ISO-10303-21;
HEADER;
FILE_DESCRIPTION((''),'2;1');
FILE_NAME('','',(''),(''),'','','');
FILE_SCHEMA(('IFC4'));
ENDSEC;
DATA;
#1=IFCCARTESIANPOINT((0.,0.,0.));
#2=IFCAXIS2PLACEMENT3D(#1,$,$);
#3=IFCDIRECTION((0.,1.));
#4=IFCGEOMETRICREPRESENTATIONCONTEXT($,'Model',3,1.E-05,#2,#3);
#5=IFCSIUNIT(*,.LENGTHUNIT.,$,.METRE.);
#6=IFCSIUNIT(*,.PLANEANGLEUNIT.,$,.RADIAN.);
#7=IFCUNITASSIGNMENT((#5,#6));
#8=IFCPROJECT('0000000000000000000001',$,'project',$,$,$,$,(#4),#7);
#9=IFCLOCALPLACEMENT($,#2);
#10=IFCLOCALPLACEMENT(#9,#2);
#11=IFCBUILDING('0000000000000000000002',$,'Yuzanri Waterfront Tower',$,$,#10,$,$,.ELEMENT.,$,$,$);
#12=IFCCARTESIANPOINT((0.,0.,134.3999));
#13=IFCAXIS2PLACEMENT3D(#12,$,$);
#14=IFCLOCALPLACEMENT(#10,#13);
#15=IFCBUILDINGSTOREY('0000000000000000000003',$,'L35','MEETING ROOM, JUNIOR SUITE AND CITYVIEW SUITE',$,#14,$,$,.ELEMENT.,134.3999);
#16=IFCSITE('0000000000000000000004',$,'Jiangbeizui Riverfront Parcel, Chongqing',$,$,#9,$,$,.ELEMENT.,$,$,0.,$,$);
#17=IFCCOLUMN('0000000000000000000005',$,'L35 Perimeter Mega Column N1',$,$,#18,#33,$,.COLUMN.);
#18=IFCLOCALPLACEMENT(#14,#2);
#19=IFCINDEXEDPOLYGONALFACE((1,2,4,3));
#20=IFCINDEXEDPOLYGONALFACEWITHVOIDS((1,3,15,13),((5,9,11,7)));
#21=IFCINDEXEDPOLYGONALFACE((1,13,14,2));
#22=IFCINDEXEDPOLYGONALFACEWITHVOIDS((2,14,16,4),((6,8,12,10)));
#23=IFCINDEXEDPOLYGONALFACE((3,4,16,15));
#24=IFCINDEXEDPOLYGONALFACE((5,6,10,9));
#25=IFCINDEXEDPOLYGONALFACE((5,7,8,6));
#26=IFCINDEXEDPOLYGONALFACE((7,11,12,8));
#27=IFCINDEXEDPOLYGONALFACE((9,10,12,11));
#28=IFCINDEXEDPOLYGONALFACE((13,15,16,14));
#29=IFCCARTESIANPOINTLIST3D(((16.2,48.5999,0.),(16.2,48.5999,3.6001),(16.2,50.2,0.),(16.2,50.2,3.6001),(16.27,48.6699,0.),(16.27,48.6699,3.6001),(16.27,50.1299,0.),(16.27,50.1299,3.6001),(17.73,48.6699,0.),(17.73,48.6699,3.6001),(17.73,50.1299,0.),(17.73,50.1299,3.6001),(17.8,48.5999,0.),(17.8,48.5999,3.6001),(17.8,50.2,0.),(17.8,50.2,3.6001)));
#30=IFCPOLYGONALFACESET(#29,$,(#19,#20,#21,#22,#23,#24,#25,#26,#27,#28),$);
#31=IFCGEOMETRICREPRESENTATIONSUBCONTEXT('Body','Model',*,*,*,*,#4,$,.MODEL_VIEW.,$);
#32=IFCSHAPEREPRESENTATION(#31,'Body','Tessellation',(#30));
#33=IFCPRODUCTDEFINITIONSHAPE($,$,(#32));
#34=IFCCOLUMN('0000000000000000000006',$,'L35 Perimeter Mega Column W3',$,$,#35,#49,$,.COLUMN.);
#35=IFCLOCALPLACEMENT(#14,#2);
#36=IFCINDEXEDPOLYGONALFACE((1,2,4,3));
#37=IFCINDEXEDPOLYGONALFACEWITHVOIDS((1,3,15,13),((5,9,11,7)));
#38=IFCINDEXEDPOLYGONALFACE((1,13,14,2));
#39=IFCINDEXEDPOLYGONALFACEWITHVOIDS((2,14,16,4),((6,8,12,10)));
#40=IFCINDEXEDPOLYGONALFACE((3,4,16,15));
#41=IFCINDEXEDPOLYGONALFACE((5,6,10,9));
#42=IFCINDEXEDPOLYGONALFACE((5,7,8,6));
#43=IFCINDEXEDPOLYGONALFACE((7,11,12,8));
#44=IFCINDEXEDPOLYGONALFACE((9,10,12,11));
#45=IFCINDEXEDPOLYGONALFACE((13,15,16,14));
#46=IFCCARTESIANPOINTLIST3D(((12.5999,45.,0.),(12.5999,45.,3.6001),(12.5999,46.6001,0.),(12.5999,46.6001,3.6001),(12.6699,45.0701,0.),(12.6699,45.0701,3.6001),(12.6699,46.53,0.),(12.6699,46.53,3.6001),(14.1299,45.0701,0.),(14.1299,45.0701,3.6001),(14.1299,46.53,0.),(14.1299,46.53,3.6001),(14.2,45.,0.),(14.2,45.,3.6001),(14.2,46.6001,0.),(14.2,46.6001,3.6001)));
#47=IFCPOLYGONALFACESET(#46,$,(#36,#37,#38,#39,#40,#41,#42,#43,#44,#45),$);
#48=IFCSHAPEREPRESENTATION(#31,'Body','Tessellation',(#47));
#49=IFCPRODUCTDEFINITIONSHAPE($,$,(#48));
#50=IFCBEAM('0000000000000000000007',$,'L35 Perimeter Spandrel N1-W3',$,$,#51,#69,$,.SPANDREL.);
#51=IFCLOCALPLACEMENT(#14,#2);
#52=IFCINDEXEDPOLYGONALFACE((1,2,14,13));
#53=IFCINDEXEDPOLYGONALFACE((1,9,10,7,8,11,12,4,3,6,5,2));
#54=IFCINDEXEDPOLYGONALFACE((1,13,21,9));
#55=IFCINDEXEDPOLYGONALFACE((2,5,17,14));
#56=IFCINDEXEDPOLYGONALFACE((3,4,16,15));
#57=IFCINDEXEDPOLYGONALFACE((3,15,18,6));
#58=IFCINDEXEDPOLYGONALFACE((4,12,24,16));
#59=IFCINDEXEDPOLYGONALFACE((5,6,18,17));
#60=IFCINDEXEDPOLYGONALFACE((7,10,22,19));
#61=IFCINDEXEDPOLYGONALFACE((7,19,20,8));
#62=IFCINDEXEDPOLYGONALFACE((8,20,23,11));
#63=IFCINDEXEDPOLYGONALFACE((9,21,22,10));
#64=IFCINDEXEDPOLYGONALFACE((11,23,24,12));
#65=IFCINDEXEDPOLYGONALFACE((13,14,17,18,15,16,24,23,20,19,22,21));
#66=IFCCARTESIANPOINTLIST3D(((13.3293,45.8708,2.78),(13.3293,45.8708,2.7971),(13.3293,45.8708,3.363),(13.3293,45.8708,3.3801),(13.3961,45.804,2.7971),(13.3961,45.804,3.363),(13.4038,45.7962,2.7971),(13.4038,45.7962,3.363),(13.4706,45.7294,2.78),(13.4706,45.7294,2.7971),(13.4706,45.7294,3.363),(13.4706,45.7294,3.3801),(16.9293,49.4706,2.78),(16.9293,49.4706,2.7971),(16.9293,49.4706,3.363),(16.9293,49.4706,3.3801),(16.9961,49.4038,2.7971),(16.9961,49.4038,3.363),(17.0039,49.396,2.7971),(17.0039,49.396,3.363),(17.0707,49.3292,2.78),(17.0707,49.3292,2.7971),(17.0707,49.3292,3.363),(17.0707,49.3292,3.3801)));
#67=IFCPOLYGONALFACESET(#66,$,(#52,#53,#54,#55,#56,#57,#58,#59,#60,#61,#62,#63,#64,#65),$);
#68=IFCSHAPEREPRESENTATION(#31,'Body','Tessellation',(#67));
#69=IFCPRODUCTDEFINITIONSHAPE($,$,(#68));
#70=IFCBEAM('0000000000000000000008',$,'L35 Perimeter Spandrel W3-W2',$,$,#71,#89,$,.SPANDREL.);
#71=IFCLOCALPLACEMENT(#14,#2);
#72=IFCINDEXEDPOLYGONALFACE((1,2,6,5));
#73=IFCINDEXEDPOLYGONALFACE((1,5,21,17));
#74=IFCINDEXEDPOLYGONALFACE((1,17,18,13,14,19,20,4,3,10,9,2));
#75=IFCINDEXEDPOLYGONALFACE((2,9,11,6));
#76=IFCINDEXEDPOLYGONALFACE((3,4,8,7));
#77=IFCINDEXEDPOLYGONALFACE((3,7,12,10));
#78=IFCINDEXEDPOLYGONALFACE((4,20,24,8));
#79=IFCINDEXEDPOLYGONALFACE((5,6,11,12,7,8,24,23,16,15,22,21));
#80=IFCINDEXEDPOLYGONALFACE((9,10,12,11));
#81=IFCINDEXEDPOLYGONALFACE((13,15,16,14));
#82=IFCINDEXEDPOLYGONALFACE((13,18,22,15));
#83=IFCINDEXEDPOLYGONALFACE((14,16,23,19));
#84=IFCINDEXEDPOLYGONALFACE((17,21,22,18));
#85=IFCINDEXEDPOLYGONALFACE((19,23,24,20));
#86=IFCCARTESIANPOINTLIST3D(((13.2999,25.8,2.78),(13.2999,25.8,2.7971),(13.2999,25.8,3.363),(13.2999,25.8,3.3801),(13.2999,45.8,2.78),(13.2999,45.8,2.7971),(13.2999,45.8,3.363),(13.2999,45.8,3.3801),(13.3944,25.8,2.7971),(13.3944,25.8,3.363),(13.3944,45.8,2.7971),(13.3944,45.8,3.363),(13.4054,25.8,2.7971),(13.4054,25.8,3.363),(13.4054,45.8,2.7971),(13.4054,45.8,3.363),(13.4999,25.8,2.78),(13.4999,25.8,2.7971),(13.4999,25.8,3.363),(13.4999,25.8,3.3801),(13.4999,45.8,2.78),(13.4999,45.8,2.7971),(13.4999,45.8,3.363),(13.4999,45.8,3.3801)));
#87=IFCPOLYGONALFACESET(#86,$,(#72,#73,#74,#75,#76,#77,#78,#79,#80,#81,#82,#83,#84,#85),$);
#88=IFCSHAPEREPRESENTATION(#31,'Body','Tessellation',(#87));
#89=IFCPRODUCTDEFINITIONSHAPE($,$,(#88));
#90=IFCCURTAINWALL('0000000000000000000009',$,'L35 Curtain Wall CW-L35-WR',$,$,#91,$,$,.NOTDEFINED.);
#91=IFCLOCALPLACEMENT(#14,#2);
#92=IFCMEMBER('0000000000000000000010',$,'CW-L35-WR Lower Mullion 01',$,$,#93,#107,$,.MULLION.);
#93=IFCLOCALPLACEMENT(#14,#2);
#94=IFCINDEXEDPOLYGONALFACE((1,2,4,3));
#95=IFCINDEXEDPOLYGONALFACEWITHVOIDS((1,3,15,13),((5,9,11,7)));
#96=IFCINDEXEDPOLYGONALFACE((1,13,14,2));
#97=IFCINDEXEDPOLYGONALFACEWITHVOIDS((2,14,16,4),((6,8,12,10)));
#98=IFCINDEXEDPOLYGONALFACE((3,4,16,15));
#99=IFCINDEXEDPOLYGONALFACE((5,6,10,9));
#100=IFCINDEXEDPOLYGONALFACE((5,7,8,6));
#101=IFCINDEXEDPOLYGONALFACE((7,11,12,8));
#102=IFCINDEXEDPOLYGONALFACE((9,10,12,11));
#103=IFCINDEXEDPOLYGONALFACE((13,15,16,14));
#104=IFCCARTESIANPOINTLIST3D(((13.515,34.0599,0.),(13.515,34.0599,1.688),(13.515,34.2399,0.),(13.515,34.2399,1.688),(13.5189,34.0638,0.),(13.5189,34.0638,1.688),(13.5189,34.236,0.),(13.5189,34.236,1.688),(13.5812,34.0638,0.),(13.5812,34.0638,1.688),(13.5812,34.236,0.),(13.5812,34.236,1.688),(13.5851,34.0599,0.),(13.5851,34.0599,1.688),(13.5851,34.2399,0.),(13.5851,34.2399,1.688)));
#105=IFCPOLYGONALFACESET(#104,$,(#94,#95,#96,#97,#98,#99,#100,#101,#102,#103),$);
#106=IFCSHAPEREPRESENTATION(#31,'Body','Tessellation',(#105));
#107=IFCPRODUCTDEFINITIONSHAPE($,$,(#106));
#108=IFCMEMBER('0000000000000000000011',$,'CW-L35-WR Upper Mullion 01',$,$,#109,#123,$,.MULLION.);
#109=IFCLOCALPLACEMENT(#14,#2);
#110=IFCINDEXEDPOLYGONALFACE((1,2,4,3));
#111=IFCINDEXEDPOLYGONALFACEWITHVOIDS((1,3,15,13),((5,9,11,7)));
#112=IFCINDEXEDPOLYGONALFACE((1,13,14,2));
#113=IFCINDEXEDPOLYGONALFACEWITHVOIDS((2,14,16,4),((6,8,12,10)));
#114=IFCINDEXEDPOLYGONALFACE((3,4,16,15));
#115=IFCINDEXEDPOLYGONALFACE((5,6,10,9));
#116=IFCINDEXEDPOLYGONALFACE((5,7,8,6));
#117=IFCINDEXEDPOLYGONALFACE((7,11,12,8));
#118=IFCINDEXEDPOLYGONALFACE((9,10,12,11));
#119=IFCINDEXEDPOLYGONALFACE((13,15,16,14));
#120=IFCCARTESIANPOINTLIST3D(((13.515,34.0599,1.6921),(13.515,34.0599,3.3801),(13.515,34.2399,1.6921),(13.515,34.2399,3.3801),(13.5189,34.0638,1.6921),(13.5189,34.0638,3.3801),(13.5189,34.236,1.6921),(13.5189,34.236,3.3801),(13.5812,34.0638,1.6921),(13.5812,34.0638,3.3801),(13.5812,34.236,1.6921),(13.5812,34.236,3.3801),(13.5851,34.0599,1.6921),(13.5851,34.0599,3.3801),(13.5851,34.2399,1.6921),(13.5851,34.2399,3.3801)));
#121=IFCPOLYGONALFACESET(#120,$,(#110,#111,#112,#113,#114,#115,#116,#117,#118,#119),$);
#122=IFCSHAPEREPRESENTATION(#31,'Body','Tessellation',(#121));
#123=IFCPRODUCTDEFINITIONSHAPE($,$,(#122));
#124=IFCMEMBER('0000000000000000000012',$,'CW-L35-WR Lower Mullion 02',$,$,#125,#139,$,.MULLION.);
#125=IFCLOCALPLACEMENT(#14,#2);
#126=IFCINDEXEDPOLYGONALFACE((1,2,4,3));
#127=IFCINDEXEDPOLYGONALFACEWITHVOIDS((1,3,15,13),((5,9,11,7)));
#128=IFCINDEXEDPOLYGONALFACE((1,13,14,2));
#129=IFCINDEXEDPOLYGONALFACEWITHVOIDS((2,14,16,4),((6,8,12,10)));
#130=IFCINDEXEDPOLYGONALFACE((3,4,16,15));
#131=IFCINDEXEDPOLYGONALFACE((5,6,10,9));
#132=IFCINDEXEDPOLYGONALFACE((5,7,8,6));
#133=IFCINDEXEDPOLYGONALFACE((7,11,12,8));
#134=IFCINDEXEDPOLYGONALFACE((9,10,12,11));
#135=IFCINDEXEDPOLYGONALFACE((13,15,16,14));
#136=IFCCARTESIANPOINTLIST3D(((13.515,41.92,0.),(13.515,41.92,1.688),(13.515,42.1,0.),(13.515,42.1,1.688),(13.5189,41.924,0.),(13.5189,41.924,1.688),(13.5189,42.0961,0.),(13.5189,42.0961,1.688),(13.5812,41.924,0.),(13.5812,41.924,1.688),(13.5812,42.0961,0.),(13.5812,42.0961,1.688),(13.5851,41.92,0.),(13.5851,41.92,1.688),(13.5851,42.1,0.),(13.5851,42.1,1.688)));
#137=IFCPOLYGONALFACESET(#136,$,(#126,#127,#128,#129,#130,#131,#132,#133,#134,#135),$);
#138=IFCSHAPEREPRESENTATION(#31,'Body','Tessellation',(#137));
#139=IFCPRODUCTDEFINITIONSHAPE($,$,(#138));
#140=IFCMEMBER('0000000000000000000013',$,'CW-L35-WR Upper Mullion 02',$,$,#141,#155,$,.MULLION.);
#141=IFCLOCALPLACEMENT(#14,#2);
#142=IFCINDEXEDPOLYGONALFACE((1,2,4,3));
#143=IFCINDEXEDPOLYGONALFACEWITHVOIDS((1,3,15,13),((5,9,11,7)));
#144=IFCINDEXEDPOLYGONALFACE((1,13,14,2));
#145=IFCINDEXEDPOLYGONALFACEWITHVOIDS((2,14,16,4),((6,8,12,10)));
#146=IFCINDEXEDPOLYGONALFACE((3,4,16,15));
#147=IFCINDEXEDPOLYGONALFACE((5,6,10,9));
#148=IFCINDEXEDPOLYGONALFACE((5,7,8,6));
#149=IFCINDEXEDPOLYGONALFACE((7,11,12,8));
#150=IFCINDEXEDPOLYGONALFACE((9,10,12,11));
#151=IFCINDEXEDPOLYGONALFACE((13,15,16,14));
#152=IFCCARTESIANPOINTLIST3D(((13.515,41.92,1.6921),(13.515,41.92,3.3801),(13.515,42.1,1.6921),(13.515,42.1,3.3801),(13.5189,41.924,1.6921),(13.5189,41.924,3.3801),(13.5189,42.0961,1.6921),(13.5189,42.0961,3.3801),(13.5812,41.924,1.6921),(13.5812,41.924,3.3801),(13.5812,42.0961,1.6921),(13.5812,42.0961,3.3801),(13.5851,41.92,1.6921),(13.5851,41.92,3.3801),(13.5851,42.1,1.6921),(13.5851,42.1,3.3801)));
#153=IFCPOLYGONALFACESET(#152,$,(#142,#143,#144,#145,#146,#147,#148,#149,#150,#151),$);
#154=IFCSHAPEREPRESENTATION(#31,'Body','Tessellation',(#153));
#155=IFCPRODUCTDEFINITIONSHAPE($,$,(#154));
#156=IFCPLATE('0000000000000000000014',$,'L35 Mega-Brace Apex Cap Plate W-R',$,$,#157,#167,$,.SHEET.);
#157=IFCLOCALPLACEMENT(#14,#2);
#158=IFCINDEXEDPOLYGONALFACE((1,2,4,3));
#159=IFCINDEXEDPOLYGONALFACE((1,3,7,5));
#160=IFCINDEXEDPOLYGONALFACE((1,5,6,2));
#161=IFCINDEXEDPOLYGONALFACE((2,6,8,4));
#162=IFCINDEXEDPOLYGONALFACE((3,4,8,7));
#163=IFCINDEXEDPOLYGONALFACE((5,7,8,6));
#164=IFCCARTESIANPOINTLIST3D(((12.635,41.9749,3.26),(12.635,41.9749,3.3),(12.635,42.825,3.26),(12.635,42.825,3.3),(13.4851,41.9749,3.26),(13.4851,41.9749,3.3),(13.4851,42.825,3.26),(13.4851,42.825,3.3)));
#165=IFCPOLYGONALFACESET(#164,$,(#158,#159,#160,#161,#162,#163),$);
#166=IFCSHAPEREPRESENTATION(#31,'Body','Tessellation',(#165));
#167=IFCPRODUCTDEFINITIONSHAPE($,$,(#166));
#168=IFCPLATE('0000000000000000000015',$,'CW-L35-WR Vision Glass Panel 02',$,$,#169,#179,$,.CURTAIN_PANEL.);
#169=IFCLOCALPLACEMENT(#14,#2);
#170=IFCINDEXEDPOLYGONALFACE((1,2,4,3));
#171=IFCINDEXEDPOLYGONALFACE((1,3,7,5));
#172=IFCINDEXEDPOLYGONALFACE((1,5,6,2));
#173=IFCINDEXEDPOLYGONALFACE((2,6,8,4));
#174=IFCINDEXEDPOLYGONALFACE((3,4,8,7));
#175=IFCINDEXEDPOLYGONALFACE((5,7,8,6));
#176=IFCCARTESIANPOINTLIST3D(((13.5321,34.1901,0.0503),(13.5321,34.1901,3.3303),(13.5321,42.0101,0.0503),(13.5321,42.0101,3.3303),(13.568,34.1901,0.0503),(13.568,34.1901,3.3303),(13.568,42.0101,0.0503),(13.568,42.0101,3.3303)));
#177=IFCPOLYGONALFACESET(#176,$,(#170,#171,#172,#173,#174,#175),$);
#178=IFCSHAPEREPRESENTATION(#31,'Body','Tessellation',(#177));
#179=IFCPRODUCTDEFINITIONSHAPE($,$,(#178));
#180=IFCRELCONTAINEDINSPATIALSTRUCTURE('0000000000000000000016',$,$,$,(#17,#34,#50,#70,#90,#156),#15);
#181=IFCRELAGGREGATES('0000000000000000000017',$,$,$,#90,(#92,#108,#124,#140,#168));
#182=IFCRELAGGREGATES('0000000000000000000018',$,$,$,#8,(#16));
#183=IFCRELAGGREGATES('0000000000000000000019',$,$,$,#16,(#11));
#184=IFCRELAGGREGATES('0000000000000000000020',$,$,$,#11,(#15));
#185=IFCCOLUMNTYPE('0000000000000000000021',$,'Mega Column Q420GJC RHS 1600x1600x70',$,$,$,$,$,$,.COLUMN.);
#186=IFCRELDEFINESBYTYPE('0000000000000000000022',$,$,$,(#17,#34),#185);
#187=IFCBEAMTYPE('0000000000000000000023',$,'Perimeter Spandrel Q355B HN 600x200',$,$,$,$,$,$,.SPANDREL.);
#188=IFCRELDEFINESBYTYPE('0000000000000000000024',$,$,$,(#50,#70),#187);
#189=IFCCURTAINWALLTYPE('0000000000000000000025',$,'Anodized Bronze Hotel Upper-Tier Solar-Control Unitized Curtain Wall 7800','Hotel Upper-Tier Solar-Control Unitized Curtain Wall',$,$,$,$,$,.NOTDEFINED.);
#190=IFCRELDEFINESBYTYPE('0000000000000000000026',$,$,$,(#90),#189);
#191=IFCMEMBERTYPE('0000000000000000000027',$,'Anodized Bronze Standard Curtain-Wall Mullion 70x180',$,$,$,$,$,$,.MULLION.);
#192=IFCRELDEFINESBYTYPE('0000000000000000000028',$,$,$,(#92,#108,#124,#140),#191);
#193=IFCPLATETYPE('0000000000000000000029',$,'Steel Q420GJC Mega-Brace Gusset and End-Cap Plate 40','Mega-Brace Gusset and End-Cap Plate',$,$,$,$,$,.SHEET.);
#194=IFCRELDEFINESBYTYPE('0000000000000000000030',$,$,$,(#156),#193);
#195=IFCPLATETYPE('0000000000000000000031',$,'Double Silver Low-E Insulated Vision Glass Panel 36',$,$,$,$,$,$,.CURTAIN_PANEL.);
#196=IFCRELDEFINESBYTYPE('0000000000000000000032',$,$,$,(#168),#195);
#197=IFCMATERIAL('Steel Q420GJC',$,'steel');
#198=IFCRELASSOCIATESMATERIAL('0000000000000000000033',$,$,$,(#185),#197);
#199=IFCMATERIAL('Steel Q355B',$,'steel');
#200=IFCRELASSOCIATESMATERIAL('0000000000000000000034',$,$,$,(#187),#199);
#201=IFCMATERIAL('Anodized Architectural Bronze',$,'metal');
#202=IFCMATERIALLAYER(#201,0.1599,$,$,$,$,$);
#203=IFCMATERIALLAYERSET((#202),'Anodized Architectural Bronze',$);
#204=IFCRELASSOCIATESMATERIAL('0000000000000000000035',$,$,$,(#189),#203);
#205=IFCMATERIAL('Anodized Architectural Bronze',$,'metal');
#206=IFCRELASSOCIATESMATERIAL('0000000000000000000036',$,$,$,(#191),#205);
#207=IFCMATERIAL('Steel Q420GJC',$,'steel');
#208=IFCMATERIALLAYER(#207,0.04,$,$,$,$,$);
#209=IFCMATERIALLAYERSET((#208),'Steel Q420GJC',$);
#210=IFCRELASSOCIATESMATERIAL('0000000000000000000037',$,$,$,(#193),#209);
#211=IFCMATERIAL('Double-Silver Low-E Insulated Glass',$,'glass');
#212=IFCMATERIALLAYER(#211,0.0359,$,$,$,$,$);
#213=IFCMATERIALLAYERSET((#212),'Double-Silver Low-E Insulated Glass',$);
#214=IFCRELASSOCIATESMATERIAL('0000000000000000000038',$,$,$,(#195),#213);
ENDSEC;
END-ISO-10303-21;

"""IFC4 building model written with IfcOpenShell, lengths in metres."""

from ifc_helpers import new_model, si_unit, direction, frame, origin, origin_2d, place, context, subcontext, project, spatial, rectangle, hollow_rectangle, i_section, extrude, source, transform, mapped, material, layer, layer_set, material_profile, profile_set, type_object, element, aggregate, save


model = new_model("IFC4")

# Units and contexts
model_context = context("Model", 3, precision=1e-05, world=origin(), true_north=direction((0.0, 1.0)))
body_context = subcontext(model_context, "Body", "Model", "MODEL_VIEW")
ifc_project = project(units=[si_unit("LENGTHUNIT", "METRE"), si_unit("PLANEANGLEUNIT", "RADIAN")], contexts=[model_context])

# Site, building, storey
site_placement = place(None, origin())
site = spatial("IfcSite", under=ifc_project, at=site_placement, Name="Jiangbeizui Riverfront Parcel, Chongqing", CompositionType="ELEMENT", RefElevation=0.0)
building_placement = place(site_placement, origin())
building = spatial("IfcBuilding", under=site, at=building_placement, Name="Yuzanri Waterfront Tower", CompositionType="ELEMENT")
storey_placement = place(building_placement, frame((0.0, 0.0, 134.3999)))
storey = spatial("IfcBuildingStorey", under=building, at=storey_placement, Name="L35", Description="MEETING ROOM, JUNIOR SUITE AND CITYVIEW SUITE", CompositionType="ELEMENT", Elevation=134.3999)

# Columns
ifc_material_1 = material(Name="Steel Q420GJC", Category="steel")
ifc_material_profile_1 = material_profile(ifc_material_1, hollow_rectangle(XDim=1.6001, YDim=1.6001, WallThickness=0.0701, at=origin_2d()), Name="RHS 1600x1600x70")
ifc_profile_set_1 = profile_set([ifc_material_profile_1], Name="Steel Q420GJC")
column_type = type_object("IfcColumnType", Name="Mega Column Q420GJC RHS 1600x1600x70", PredefinedType="COLUMN", material=ifc_profile_set_1)
shared_shape_1 = source(origin(), body_context, "Body", "SweptSolid", [
    extrude(hollow_rectangle(XDim=1.6001, YDim=1.6001, WallThickness=0.0701, at=origin_2d()), origin(), (0.0, 0.0, 1.0), 3.6001),
])
for number, where, z_axis, x_axis, name in (
    (1, (17.0, 49.3999, 0.0), (0.0, 0.0, 1.0), (1.0, 0.0, 0.0), "L35 Perimeter Mega Column N1"),
    (2, (13.3999, 45.8, 0.0), (0.0, 0.0, 1.0), (1.0, 0.0, 0.0), "L35 Perimeter Mega Column W3"),
):
    element("IfcColumn", number, at=place(storey_placement, frame(where, z_axis=z_axis, x_axis=x_axis)), inside=storey, type_object=column_type, Name=name, PredefinedType="COLUMN", context=body_context, shape_type="MappedRepresentation", body=[
        mapped(shared_shape_1, transform((0.0, 0.0, 0.0), scale=1.0)),
    ])

# Beams
ifc_material_2 = material(Name="Steel Q355B", Category="steel")
ifc_material_profile_2 = material_profile(ifc_material_2, i_section(OverallWidth=0.2, OverallDepth=0.6001, WebThickness=0.011, FlangeThickness=0.0171, at=origin_2d()), Name="HN 600x200x11x17")
ifc_profile_set_2 = profile_set([ifc_material_profile_2], Name="Steel Q355B")
beam_type = type_object("IfcBeamType", Name="Perimeter Spandrel Q355B HN 600x200", PredefinedType="SPANDREL", material=ifc_profile_set_2)
shared_shape_2 = source(origin(), body_context, "Body", "SweptSolid", [
    extrude(i_section(OverallWidth=0.2, OverallDepth=0.6001, WebThickness=0.011, FlangeThickness=0.0171, at=origin_2d()), origin(), (0.0, 0.0, 1.0), 5.0911),
])
beam_1_placement = place(storey_placement, frame((17.0, 49.3999, 3.0801), z_axis=(-0.707131, -0.707083, 0.0), x_axis=(0.707083, -0.707131, 0.0)))
element("IfcBeam", 3, at=beam_1_placement, inside=storey, type_object=beam_type, Name="L35 Perimeter Spandrel N1-W3", PredefinedType="SPANDREL", context=body_context, shape_type="MappedRepresentation", body=[
    mapped(shared_shape_2, transform((0.0, 0.0, 0.0), scale=1.0)),
])
shared_shape_3 = source(origin(), body_context, "Body", "SweptSolid", [
    extrude(i_section(OverallWidth=0.2, OverallDepth=0.6001, WebThickness=0.011, FlangeThickness=0.0171, at=origin_2d()), origin(), (0.0, 0.0, 1.0), 20.0),
])
beam_2_placement = place(storey_placement, frame((13.3999, 45.8, 3.0801), z_axis=(0.0, -1.0, 0.0), x_axis=(1.0, 0.0, 0.0)))
element("IfcBeam", 4, at=beam_2_placement, inside=storey, type_object=beam_type, Name="L35 Perimeter Spandrel W3-W2", PredefinedType="SPANDREL", context=body_context, shape_type="MappedRepresentation", body=[
    mapped(shared_shape_3, transform((0.0, 0.0, 0.0), scale=1.0)),
])

# Curtain wall, members
ifc_material_3 = material(Name="Anodized Architectural Bronze", Category="metal")
ifc_layer_1 = layer(ifc_material_3, 0.1599)
ifc_layer_set_1 = layer_set([ifc_layer_1], Name="Anodized Architectural Bronze")
curtain_wall_type = type_object("IfcCurtainWallType", Name="Anodized Bronze Hotel Upper-Tier Solar-Control Unitized Curtain Wall 7800", Description="Hotel Upper-Tier Solar-Control Unitized Curtain Wall", PredefinedType="NOTDEFINED", material=ifc_layer_set_1)
curtain_wall_placement = place(storey_placement, origin())
curtain_wall = element("IfcCurtainWall", 5, at=curtain_wall_placement, inside=storey, type_object=curtain_wall_type, Name="L35 Curtain Wall CW-L35-WR", PredefinedType="NOTDEFINED")
ifc_material_4 = material(Name="Anodized Architectural Bronze", Category="metal")
ifc_material_profile_3 = material_profile(ifc_material_4, hollow_rectangle(XDim=0.0701, YDim=0.1799, WallThickness=0.0039, at=origin_2d()), Name="CWM 70x180")
ifc_profile_set_3 = profile_set([ifc_material_profile_3], Name="Anodized Architectural Bronze")
member_type = type_object("IfcMemberType", Name="Anodized Bronze Standard Curtain-Wall Mullion 70x180", PredefinedType="MULLION", material=ifc_profile_set_3)
shared_shape_4 = source(origin(), body_context, "Body", "SweptSolid", [
    extrude(hollow_rectangle(XDim=0.0701, YDim=0.1799, WallThickness=0.0039, at=origin_2d()), origin(), (0.0, 0.0, 1.0), 1.688),
])
member_1_placement = place(storey_placement, frame((13.55, 34.1499, 0.0), z_axis=(0.0, 0.0, 1.0), x_axis=(1.0, 0.0, 0.0)))
member_1 = element("IfcMember", 6, at=member_1_placement, type_object=member_type, Name="CW-L35-WR Lower Mullion 01", PredefinedType="MULLION", context=body_context, shape_type="MappedRepresentation", body=[
    mapped(shared_shape_4, transform((0.0, 0.0, 0.0), scale=1.0)),
])
member_2_placement = place(storey_placement, frame((13.55, 34.1499, 1.6921), z_axis=(0.0, 0.0, 1.0), x_axis=(1.0, 0.0, 0.0)))
member_2 = element("IfcMember", 7, at=member_2_placement, type_object=member_type, Name="CW-L35-WR Upper Mullion 01", PredefinedType="MULLION", context=body_context, shape_type="MappedRepresentation", body=[
    mapped(shared_shape_4, transform((0.0, 0.0, 0.0), scale=1.0)),
])
member_3_placement = place(storey_placement, frame((13.55, 42.01, 0.0), z_axis=(0.0, 0.0, 1.0), x_axis=(1.0, 0.0, 0.0)))
member_3 = element("IfcMember", 8, at=member_3_placement, type_object=member_type, Name="CW-L35-WR Lower Mullion 02", PredefinedType="MULLION", context=body_context, shape_type="MappedRepresentation", body=[
    mapped(shared_shape_4, transform((0.0, 0.0, 0.0), scale=1.0)),
])
member_4_placement = place(storey_placement, frame((13.55, 42.01, 1.6921), z_axis=(0.0, 0.0, 1.0), x_axis=(1.0, 0.0, 0.0)))
member_4 = element("IfcMember", 9, at=member_4_placement, type_object=member_type, Name="CW-L35-WR Upper Mullion 02", PredefinedType="MULLION", context=body_context, shape_type="MappedRepresentation", body=[
    mapped(shared_shape_4, transform((0.0, 0.0, 0.0), scale=1.0)),
])

# Plates
ifc_material_5 = material(Name="Steel Q420GJC", Category="steel")
ifc_layer_2 = layer(ifc_material_5, 0.04)
ifc_layer_set_2 = layer_set([ifc_layer_2], Name="Steel Q420GJC")
plate_type_1 = type_object("IfcPlateType", Name="Steel Q420GJC Mega-Brace Gusset and End-Cap Plate 40", Description="Mega-Brace Gusset and End-Cap Plate", PredefinedType="SHEET", material=ifc_layer_set_2)
shared_shape_5 = source(origin(), body_context, "Body", "SweptSolid", [
    extrude(rectangle(XDim=0.8501, YDim=0.8501, at=origin_2d()), origin(), (0.0, 0.0, 1.0), 0.04),
])
plate_1_placement = place(storey_placement, frame((13.0601, 42.3999, 3.26), z_axis=(0.0, 0.0, 1.0), x_axis=(1.0, 0.0, 0.0)))
element("IfcPlate", 10, at=plate_1_placement, inside=storey, type_object=plate_type_1, Name="L35 Mega-Brace Apex Cap Plate W-R", PredefinedType="SHEET", context=body_context, shape_type="MappedRepresentation", body=[
    mapped(shared_shape_5, transform((0.0, 0.0, 0.0), scale=1.0)),
])
ifc_material_6 = material(Name="Double-Silver Low-E Insulated Glass", Category="glass")
ifc_layer_3 = layer(ifc_material_6, 0.0359)
ifc_layer_set_3 = layer_set([ifc_layer_3], Name="Double-Silver Low-E Insulated Glass")
plate_type_2 = type_object("IfcPlateType", Name="Double Silver Low-E Insulated Vision Glass Panel 36", PredefinedType="CURTAIN_PANEL", material=ifc_layer_set_3)
shared_shape_6 = source(origin(), body_context, "Body", "SweptSolid", [
    extrude(rectangle(XDim=7.8201, YDim=0.0359, at=origin_2d()), origin(), (0.0, 0.0, 1.0), 3.28),
])
plate_2_placement = place(storey_placement, frame((13.55, 38.1001, 0.0503), z_axis=(0.0, 0.0, 1.0), x_axis=(0.0, 1.0, 0.0)))
plate_2 = element("IfcPlate", 11, at=plate_2_placement, type_object=plate_type_2, Name="CW-L35-WR Vision Glass Panel 02", PredefinedType="CURTAIN_PANEL", context=body_context, shape_type="MappedRepresentation", body=[
    mapped(shared_shape_6, transform((0.0, 0.0, 0.0), scale=1.0)),
])
aggregate(curtain_wall, [member_1, member_2, member_3, member_4, plate_2])

save(model, "model.ifc")
